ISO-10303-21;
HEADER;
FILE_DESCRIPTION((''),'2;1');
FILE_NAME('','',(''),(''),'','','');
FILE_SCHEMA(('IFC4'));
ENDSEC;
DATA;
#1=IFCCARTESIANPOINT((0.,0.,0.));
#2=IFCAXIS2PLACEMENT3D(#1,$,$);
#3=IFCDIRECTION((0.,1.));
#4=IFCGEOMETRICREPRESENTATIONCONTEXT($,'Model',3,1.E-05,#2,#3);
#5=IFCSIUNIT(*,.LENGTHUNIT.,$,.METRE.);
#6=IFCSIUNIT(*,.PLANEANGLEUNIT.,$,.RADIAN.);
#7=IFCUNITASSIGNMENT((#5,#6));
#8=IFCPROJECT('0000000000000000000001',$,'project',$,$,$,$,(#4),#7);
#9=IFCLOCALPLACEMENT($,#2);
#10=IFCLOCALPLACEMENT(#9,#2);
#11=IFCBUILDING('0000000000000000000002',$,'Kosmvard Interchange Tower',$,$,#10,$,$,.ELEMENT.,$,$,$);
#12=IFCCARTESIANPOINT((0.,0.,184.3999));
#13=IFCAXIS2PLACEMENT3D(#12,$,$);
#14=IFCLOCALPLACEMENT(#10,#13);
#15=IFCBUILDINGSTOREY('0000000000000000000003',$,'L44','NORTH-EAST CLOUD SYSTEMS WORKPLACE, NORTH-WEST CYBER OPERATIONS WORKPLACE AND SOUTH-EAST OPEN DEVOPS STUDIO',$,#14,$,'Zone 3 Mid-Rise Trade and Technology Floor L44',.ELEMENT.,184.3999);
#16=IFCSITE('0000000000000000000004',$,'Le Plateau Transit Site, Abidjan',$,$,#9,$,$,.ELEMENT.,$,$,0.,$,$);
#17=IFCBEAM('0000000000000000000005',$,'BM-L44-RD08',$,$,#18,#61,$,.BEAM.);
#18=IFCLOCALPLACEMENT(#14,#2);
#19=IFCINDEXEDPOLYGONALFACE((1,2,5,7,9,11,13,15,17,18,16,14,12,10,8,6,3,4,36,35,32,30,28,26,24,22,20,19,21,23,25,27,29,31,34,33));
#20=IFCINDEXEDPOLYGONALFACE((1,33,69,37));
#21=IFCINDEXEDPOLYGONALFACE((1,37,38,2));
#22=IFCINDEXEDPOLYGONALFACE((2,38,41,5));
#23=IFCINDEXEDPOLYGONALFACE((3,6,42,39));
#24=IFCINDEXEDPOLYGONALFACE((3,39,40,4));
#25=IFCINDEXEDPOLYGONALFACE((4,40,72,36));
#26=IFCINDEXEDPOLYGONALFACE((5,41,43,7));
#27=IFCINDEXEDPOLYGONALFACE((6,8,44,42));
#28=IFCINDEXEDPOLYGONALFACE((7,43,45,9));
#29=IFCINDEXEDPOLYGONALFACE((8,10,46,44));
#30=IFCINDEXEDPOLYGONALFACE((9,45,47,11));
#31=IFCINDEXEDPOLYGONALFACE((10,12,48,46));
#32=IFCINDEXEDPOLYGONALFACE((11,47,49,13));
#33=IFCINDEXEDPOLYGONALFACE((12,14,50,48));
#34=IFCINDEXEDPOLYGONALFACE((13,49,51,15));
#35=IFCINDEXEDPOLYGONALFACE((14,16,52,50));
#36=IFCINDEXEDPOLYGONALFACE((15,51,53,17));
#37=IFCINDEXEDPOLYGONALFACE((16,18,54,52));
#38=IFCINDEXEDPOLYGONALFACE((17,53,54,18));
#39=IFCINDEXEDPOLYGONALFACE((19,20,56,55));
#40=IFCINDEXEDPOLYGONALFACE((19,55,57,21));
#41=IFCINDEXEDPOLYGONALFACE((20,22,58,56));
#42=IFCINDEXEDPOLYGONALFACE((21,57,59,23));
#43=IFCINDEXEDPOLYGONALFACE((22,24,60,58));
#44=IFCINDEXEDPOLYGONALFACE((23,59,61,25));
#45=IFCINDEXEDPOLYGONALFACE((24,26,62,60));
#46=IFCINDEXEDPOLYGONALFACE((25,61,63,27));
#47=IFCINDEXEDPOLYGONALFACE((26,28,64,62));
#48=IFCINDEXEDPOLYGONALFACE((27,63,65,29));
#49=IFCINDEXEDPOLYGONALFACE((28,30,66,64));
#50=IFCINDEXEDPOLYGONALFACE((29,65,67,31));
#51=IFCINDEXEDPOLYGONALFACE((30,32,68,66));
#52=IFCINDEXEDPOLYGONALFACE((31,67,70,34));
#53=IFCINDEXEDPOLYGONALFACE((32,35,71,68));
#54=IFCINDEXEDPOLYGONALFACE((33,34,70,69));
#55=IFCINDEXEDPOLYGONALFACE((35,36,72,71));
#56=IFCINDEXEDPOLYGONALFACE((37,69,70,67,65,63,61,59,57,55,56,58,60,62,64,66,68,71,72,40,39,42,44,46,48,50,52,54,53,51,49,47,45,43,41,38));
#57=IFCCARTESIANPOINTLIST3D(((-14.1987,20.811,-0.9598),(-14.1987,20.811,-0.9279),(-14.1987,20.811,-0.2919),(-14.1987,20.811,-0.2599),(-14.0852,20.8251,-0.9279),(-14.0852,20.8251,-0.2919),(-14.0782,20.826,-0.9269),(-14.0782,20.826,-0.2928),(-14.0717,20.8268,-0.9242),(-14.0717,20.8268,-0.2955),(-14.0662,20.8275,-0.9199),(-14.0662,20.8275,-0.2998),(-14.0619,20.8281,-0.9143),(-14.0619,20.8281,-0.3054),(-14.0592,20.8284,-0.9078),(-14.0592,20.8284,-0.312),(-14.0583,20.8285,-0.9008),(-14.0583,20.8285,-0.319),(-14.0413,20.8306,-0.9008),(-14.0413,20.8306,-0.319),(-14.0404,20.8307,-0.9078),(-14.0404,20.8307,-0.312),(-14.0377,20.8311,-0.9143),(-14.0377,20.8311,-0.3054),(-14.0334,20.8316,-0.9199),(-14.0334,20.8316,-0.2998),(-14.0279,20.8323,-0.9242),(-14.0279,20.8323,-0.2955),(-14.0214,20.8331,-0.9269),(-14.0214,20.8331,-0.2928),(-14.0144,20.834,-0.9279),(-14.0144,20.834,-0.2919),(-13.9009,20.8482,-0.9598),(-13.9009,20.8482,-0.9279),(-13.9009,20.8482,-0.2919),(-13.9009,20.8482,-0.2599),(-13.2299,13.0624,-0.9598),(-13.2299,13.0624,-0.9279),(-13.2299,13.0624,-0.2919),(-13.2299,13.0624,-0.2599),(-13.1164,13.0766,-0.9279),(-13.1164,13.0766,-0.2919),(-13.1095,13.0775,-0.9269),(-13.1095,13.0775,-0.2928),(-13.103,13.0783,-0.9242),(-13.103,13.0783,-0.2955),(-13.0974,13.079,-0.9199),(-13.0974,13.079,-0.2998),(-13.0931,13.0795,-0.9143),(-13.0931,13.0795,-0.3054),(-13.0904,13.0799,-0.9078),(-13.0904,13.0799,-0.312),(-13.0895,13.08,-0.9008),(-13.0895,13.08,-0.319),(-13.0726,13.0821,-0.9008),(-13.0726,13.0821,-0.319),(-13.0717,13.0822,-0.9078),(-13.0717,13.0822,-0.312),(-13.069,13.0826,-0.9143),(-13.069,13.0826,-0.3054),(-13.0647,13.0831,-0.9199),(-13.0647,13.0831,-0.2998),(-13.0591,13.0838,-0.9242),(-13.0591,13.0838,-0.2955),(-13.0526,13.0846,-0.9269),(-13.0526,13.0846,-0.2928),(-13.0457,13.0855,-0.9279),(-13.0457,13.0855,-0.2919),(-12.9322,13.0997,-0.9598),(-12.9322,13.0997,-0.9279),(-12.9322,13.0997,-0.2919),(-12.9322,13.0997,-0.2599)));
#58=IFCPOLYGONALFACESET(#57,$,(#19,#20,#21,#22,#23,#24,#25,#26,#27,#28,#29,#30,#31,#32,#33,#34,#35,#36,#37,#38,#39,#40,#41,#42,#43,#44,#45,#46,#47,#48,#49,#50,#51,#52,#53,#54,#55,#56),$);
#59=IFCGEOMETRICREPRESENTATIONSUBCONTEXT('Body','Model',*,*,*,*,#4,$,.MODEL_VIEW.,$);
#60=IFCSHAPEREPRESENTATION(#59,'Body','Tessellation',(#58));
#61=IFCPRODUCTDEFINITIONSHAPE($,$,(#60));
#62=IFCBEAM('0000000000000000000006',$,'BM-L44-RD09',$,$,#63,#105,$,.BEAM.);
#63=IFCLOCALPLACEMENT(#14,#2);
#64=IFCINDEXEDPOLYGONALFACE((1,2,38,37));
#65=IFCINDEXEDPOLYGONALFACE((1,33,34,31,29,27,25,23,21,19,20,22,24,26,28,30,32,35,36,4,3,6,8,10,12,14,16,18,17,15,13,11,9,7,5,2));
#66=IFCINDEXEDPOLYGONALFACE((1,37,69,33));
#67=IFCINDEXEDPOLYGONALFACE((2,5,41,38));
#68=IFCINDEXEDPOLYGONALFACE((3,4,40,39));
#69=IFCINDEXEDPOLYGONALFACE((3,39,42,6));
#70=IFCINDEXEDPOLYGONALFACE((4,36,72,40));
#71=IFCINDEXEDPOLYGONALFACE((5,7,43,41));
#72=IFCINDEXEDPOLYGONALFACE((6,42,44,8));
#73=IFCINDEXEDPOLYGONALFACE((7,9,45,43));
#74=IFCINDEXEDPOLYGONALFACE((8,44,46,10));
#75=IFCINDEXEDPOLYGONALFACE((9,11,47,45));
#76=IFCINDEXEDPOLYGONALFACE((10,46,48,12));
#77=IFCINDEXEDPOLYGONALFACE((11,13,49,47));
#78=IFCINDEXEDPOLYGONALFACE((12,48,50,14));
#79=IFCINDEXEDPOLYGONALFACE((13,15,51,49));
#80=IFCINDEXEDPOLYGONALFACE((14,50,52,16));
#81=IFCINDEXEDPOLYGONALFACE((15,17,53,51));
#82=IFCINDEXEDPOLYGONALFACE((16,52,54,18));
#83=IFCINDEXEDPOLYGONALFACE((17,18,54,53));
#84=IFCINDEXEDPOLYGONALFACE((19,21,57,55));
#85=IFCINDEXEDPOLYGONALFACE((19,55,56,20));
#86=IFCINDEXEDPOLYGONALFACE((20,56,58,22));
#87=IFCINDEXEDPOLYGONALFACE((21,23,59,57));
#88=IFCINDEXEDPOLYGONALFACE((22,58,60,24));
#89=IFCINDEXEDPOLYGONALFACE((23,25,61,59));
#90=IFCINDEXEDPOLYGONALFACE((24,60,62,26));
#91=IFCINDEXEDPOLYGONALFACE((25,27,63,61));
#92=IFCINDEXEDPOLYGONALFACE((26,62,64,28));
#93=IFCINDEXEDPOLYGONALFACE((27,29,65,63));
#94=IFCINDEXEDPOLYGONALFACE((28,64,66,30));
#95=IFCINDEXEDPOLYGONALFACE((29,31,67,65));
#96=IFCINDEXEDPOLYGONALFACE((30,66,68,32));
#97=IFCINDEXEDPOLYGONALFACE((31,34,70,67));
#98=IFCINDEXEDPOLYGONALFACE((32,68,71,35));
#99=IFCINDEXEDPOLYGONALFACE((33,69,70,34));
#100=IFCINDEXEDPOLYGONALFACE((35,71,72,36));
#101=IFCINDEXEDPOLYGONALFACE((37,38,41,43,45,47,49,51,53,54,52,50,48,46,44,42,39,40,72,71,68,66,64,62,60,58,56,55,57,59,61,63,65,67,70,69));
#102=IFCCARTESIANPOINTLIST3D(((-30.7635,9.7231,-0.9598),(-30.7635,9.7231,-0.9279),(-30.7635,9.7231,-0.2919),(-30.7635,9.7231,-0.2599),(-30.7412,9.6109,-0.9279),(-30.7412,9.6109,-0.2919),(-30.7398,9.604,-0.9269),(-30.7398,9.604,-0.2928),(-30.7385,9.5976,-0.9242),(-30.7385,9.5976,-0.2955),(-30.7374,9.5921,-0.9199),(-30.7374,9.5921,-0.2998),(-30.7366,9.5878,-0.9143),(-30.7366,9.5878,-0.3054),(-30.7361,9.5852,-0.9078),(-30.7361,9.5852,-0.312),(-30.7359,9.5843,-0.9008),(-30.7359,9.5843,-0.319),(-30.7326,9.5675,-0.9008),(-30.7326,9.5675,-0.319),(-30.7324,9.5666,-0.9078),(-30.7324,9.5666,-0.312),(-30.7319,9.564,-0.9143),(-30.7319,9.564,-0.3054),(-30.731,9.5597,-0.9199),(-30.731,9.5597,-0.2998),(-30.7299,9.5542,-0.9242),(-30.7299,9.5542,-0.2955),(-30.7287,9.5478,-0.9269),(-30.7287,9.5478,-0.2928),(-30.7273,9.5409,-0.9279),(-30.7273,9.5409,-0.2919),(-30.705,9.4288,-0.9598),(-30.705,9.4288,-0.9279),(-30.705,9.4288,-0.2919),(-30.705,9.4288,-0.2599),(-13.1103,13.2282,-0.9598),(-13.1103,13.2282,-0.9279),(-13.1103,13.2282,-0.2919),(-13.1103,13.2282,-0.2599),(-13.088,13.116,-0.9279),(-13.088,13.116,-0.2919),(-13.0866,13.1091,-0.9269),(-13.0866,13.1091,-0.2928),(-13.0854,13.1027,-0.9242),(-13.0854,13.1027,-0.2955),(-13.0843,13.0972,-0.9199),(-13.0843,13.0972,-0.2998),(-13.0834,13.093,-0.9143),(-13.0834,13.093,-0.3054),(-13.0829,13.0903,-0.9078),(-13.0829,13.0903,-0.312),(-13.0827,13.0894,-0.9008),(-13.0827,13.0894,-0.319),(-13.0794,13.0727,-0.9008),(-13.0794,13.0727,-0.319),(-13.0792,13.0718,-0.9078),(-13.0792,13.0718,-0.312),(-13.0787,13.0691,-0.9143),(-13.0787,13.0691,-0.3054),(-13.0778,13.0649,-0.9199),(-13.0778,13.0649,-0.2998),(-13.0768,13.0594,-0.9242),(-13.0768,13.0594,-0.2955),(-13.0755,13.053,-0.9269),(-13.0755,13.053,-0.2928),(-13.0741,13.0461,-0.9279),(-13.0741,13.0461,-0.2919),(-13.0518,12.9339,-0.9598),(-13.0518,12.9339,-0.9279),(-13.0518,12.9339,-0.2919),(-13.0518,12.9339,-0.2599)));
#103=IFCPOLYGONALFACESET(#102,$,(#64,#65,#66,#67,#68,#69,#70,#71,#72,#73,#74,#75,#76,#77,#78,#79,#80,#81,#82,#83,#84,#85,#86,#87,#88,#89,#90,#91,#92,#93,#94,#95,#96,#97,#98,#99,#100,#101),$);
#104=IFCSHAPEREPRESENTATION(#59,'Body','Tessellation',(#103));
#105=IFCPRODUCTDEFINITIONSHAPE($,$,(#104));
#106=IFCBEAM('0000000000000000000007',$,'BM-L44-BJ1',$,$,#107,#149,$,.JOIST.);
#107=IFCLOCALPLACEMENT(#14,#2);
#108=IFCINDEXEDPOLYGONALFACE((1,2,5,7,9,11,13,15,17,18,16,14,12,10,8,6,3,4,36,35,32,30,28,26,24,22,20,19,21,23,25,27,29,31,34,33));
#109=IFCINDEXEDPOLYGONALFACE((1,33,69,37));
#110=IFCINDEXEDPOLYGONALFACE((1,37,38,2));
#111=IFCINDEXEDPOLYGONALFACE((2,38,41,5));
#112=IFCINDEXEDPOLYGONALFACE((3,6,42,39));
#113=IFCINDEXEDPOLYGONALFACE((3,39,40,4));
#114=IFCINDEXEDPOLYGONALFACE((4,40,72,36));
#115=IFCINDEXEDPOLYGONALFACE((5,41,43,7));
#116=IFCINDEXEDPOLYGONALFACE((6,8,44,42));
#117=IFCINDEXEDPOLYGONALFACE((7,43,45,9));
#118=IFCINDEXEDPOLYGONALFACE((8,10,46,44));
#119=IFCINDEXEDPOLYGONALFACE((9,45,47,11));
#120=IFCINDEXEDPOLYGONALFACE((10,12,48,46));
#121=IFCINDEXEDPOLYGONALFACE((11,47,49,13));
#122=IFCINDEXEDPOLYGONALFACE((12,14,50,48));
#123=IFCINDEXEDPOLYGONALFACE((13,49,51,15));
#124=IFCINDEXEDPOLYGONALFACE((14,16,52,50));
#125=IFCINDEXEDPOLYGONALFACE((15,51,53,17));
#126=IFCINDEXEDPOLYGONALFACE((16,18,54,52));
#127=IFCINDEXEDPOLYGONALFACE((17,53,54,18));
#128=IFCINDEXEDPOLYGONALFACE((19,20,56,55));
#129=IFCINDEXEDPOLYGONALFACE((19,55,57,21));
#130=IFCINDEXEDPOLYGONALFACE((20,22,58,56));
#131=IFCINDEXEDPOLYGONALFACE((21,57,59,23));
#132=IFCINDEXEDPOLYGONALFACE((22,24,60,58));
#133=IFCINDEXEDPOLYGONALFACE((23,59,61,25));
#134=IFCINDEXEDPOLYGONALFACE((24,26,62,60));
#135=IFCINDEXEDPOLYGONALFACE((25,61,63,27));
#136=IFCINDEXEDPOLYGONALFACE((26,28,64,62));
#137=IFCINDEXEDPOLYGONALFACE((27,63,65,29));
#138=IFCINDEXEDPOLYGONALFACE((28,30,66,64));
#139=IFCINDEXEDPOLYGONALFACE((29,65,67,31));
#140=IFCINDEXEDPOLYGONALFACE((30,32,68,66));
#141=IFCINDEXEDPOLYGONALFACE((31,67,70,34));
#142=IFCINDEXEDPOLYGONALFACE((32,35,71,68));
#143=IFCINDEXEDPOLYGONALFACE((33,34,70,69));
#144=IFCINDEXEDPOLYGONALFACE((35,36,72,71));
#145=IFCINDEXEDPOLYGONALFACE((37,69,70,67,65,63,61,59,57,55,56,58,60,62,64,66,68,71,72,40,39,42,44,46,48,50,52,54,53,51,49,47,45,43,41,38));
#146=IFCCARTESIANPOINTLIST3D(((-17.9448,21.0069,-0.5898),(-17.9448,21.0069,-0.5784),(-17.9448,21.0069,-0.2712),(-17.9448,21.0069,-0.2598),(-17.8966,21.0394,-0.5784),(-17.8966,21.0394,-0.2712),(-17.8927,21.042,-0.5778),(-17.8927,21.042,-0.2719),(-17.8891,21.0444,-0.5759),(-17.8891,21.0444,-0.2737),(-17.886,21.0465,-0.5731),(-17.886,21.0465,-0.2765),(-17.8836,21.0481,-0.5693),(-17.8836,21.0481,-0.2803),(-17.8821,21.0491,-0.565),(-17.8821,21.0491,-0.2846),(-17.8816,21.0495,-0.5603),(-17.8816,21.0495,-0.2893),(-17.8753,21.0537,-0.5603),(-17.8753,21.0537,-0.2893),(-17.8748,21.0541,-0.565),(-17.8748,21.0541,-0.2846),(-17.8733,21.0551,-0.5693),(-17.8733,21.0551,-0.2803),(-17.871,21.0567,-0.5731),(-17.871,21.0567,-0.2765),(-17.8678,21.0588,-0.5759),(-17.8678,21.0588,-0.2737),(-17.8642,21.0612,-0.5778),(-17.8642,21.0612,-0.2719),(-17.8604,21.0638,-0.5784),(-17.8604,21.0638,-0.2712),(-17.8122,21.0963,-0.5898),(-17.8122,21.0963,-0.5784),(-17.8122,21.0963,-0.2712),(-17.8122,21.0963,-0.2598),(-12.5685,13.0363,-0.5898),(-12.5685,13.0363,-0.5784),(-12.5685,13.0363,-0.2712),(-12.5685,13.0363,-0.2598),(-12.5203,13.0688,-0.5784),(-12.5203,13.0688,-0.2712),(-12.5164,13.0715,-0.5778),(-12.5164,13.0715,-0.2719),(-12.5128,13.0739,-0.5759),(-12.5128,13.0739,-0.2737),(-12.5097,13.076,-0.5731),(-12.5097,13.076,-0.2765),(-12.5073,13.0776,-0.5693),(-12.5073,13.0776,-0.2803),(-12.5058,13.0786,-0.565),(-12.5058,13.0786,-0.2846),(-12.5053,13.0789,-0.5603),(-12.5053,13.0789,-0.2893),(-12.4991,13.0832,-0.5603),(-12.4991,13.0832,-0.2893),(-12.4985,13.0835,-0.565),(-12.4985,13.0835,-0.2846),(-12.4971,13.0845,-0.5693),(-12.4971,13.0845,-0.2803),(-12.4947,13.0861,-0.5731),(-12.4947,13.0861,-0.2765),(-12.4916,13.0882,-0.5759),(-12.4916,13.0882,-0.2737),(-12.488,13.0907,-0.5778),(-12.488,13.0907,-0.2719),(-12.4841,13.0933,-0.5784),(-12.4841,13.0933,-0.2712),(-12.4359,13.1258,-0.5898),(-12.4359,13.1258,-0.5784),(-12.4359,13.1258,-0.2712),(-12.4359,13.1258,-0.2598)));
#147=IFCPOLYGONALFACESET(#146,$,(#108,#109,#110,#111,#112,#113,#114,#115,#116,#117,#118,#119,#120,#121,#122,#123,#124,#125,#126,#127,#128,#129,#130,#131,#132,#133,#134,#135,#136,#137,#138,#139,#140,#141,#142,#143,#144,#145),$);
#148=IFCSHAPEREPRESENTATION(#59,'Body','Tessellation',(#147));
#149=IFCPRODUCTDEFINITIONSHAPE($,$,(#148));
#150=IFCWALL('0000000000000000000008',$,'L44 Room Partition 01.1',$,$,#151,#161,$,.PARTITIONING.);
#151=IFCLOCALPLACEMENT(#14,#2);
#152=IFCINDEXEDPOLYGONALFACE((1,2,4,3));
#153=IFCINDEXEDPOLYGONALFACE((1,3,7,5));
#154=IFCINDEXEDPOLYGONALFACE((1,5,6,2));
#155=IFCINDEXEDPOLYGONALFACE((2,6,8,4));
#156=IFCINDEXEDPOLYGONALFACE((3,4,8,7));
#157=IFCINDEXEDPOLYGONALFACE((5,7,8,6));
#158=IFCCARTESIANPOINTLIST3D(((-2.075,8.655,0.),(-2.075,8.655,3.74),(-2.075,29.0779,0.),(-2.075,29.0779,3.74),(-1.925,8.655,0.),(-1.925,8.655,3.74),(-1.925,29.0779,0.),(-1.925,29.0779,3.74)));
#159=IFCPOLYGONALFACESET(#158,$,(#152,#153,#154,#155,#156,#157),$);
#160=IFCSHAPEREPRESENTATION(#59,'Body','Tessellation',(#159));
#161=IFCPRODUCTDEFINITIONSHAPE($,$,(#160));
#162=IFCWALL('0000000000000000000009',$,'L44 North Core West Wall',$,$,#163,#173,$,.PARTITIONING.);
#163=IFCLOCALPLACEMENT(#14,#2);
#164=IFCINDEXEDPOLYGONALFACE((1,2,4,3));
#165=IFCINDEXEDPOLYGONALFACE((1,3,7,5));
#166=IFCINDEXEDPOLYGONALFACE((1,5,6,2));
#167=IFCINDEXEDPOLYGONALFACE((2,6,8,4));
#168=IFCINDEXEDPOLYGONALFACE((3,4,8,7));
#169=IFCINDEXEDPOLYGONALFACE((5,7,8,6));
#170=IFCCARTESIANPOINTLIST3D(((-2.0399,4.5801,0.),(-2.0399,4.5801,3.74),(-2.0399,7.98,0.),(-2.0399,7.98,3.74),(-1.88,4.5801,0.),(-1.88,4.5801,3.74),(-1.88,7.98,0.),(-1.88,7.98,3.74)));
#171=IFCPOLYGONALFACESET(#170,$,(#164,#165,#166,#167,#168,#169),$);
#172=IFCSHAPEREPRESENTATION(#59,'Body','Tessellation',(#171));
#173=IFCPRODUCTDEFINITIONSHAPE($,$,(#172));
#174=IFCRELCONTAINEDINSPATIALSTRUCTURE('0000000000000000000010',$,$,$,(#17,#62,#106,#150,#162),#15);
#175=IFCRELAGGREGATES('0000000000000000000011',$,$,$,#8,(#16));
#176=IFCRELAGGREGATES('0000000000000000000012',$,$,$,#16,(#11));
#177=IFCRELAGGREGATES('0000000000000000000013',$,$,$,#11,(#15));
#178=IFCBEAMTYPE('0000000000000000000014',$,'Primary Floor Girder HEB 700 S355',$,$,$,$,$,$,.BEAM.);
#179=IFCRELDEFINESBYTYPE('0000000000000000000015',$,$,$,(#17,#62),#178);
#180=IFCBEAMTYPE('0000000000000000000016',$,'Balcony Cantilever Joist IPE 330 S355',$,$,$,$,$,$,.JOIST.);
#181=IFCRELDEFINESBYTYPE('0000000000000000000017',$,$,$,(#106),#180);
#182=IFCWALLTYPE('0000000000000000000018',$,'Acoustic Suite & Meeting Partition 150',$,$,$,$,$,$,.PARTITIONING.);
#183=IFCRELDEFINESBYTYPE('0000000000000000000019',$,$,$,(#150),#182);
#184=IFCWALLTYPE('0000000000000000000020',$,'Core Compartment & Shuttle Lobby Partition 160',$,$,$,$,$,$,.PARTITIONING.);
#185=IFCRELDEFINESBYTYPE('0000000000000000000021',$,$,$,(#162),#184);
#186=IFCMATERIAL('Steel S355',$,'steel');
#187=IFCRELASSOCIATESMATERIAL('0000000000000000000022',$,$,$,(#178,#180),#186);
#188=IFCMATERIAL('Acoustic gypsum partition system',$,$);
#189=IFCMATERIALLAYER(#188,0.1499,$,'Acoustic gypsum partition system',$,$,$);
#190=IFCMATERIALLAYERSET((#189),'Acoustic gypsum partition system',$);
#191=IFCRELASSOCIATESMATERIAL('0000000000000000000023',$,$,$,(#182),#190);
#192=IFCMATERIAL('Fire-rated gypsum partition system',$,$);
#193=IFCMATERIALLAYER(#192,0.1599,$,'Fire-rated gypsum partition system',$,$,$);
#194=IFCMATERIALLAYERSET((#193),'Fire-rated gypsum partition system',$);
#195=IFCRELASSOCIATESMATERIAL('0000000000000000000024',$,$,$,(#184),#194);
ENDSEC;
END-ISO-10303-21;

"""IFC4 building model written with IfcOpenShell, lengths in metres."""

from ifc_helpers import new_model, si_unit, direction, frame, frame_2d, origin, origin_2d, place, context, subcontext, project, spatial, rectangle, i_section, extrude, source, transform, mapped, material, layer, layer_set, material_profile, profile_set, type_object, element, save


model = new_model("IFC4")

# Units and contexts
model_context = context("Model", 3, precision=1e-05, world=origin(), true_north=direction((0.0, 1.0)))
body_context = subcontext(model_context, "Body", "Model", "MODEL_VIEW")
ifc_project = project(units=[si_unit("LENGTHUNIT", "METRE"), si_unit("PLANEANGLEUNIT", "RADIAN")], contexts=[model_context])

# Site, building, storey
site_placement = place(None, origin())
site = spatial("IfcSite", under=ifc_project, at=site_placement, Name="Le Plateau Transit Site, Abidjan", CompositionType="ELEMENT", RefElevation=0.0)
building_placement = place(site_placement, origin())
building = spatial("IfcBuilding", under=site, at=building_placement, Name="Kosmvard Interchange Tower", CompositionType="ELEMENT")
storey_placement = place(building_placement, frame((0.0, 0.0, 184.3999)))
storey = spatial("IfcBuildingStorey", under=building, at=storey_placement, Name="L44", Description="NORTH-EAST CLOUD SYSTEMS WORKPLACE, NORTH-WEST CYBER OPERATIONS WORKPLACE AND SOUTH-EAST OPEN DEVOPS STUDIO", LongName="Zone 3 Mid-Rise Trade and Technology Floor L44", CompositionType="ELEMENT", Elevation=184.3999)

# Beams
ifc_material_1 = material(Name="Steel S355", Category="steel")
ifc_material_profile_1 = material_profile(ifc_material_1, i_section(OverallWidth=0.3, OverallDepth=0.7, WebThickness=0.0171, FlangeThickness=0.032, FilletRadius=0.0271, at=origin_2d()), Name="HEB 700")
ifc_profile_set_1 = profile_set([ifc_material_profile_1], Name="Steel S355")
beam_type_1 = type_object("IfcBeamType", Name="Primary Floor Girder HEB 700 S355", PredefinedType="BEAM", material=ifc_profile_set_1)
shared_shape_1 = source(origin(), body_context, "Body", "SweptSolid", [
    extrude(i_section(OverallWidth=0.3, OverallDepth=0.7, WebThickness=0.0171, FlangeThickness=0.032, FilletRadius=0.0271, at=origin_2d()), origin(), (0.0, 0.0, 1.0), 7.8088),
])
beam_1_placement = place(storey_placement, frame((-13.0811, 13.0811, -0.6099), z_axis=(-0.124058, 0.992275, 0.0), x_axis=(-0.992275, -0.124058, 0.0)))
element("IfcBeam", 1, at=beam_1_placement, inside=storey, type_object=beam_type_1, Name="BM-L44-RD08", PredefinedType="BEAM", context=body_context, shape_type="MappedRepresentation", body=[
    mapped(shared_shape_1, transform((0.0, 0.0, 0.0), scale=1.0)),
])
shared_shape_2 = source(origin(), body_context, "Body", "SweptSolid", [
    extrude(i_section(OverallWidth=0.3, OverallDepth=0.7, WebThickness=0.0171, FlangeThickness=0.032, FilletRadius=0.0271, at=origin_2d()), origin(), (0.0, 0.0, 1.0), 17.9978),
])
beam_2_placement = place(storey_placement, frame((-13.0811, 13.0811, -0.6099), z_axis=(-0.980852, -0.194754, 0.0), x_axis=(0.194754, -0.980852, 0.0)))
element("IfcBeam", 2, at=beam_2_placement, inside=storey, type_object=beam_type_1, Name="BM-L44-RD09", PredefinedType="BEAM", context=body_context, shape_type="MappedRepresentation", body=[
    mapped(shared_shape_2, transform((0.0, 0.0, 0.0), scale=1.0)),
])
ifc_material_profile_2 = material_profile(ifc_material_1, i_section(OverallWidth=0.1599, OverallDepth=0.3301, WebThickness=0.0076, FlangeThickness=0.0115, FilletRadius=0.0181, at=origin_2d()), Name="IPE 330")
ifc_profile_set_2 = profile_set([ifc_material_profile_2], Name="Steel S355")
beam_type_2 = type_object("IfcBeamType", Name="Balcony Cantilever Joist IPE 330 S355", PredefinedType="JOIST", material=ifc_profile_set_2)
shared_shape_3 = source(origin(), body_context, "Body", "SweptSolid", [
    extrude(i_section(OverallWidth=0.1599, OverallDepth=0.3301, WebThickness=0.0076, FlangeThickness=0.0115, FilletRadius=0.0181, at=origin_2d()), origin(), (0.0, 0.0, 1.0), 9.6143),
])
beam_3_placement = place(storey_placement, frame((-12.5022, 13.0811, -0.4248), z_axis=(-0.559198, 0.829034, 0.0), x_axis=(-0.829034, -0.559198, 0.0)))
element("IfcBeam", 3, at=beam_3_placement, inside=storey, type_object=beam_type_2, Name="BM-L44-BJ1", PredefinedType="JOIST", context=body_context, shape_type="MappedRepresentation", body=[
    mapped(shared_shape_3, transform((0.0, 0.0, 0.0), scale=1.0)),
])

# Walls
ifc_material_2 = material(Name="Acoustic gypsum partition system")
ifc_layer_1 = layer(ifc_material_2, 0.1499, Name="Acoustic gypsum partition system")
ifc_layer_set_1 = layer_set([ifc_layer_1], Name="Acoustic gypsum partition system")
wall_type_1 = type_object("IfcWallType", Name="Acoustic Suite & Meeting Partition 150", PredefinedType="PARTITIONING", material=ifc_layer_set_1)
wall_1_placement = place(storey_placement, frame((-2.0, 8.655, 0.0), z_axis=(0.0, 0.0, 1.0), x_axis=(0.0, 1.0, 0.0)))
element("IfcWall", 4, at=wall_1_placement, inside=storey, type_object=wall_type_1, Name="L44 Room Partition 01.1", PredefinedType="PARTITIONING", context=body_context, shape_type="SweptSolid", body=[
    extrude(rectangle(XDim=20.4229, YDim=0.1499, at=frame_2d((10.2114, 0.0))), origin(), (0.0, 0.0, 1.0), 3.74),
])
ifc_material_3 = material(Name="Fire-rated gypsum partition system")
ifc_layer_2 = layer(ifc_material_3, 0.1599, Name="Fire-rated gypsum partition system")
ifc_layer_set_2 = layer_set([ifc_layer_2], Name="Fire-rated gypsum partition system")
wall_type_2 = type_object("IfcWallType", Name="Core Compartment & Shuttle Lobby Partition 160", PredefinedType="PARTITIONING", material=ifc_layer_set_2)
wall_2_placement = place(storey_placement, frame((-1.96, 4.5801, 0.0), z_axis=(0.0, 0.0, 1.0), x_axis=(0.0, 1.0, 0.0)))
element("IfcWall", 5, at=wall_2_placement, inside=storey, type_object=wall_type_2, Name="L44 North Core West Wall", PredefinedType="PARTITIONING", context=body_context, shape_type="SweptSolid", body=[
    extrude(rectangle(XDim=3.3999, YDim=0.1599, at=frame_2d((1.7, 0.0))), origin(), (0.0, 0.0, 1.0), 3.74),
])

save(model, "model.ifc")
